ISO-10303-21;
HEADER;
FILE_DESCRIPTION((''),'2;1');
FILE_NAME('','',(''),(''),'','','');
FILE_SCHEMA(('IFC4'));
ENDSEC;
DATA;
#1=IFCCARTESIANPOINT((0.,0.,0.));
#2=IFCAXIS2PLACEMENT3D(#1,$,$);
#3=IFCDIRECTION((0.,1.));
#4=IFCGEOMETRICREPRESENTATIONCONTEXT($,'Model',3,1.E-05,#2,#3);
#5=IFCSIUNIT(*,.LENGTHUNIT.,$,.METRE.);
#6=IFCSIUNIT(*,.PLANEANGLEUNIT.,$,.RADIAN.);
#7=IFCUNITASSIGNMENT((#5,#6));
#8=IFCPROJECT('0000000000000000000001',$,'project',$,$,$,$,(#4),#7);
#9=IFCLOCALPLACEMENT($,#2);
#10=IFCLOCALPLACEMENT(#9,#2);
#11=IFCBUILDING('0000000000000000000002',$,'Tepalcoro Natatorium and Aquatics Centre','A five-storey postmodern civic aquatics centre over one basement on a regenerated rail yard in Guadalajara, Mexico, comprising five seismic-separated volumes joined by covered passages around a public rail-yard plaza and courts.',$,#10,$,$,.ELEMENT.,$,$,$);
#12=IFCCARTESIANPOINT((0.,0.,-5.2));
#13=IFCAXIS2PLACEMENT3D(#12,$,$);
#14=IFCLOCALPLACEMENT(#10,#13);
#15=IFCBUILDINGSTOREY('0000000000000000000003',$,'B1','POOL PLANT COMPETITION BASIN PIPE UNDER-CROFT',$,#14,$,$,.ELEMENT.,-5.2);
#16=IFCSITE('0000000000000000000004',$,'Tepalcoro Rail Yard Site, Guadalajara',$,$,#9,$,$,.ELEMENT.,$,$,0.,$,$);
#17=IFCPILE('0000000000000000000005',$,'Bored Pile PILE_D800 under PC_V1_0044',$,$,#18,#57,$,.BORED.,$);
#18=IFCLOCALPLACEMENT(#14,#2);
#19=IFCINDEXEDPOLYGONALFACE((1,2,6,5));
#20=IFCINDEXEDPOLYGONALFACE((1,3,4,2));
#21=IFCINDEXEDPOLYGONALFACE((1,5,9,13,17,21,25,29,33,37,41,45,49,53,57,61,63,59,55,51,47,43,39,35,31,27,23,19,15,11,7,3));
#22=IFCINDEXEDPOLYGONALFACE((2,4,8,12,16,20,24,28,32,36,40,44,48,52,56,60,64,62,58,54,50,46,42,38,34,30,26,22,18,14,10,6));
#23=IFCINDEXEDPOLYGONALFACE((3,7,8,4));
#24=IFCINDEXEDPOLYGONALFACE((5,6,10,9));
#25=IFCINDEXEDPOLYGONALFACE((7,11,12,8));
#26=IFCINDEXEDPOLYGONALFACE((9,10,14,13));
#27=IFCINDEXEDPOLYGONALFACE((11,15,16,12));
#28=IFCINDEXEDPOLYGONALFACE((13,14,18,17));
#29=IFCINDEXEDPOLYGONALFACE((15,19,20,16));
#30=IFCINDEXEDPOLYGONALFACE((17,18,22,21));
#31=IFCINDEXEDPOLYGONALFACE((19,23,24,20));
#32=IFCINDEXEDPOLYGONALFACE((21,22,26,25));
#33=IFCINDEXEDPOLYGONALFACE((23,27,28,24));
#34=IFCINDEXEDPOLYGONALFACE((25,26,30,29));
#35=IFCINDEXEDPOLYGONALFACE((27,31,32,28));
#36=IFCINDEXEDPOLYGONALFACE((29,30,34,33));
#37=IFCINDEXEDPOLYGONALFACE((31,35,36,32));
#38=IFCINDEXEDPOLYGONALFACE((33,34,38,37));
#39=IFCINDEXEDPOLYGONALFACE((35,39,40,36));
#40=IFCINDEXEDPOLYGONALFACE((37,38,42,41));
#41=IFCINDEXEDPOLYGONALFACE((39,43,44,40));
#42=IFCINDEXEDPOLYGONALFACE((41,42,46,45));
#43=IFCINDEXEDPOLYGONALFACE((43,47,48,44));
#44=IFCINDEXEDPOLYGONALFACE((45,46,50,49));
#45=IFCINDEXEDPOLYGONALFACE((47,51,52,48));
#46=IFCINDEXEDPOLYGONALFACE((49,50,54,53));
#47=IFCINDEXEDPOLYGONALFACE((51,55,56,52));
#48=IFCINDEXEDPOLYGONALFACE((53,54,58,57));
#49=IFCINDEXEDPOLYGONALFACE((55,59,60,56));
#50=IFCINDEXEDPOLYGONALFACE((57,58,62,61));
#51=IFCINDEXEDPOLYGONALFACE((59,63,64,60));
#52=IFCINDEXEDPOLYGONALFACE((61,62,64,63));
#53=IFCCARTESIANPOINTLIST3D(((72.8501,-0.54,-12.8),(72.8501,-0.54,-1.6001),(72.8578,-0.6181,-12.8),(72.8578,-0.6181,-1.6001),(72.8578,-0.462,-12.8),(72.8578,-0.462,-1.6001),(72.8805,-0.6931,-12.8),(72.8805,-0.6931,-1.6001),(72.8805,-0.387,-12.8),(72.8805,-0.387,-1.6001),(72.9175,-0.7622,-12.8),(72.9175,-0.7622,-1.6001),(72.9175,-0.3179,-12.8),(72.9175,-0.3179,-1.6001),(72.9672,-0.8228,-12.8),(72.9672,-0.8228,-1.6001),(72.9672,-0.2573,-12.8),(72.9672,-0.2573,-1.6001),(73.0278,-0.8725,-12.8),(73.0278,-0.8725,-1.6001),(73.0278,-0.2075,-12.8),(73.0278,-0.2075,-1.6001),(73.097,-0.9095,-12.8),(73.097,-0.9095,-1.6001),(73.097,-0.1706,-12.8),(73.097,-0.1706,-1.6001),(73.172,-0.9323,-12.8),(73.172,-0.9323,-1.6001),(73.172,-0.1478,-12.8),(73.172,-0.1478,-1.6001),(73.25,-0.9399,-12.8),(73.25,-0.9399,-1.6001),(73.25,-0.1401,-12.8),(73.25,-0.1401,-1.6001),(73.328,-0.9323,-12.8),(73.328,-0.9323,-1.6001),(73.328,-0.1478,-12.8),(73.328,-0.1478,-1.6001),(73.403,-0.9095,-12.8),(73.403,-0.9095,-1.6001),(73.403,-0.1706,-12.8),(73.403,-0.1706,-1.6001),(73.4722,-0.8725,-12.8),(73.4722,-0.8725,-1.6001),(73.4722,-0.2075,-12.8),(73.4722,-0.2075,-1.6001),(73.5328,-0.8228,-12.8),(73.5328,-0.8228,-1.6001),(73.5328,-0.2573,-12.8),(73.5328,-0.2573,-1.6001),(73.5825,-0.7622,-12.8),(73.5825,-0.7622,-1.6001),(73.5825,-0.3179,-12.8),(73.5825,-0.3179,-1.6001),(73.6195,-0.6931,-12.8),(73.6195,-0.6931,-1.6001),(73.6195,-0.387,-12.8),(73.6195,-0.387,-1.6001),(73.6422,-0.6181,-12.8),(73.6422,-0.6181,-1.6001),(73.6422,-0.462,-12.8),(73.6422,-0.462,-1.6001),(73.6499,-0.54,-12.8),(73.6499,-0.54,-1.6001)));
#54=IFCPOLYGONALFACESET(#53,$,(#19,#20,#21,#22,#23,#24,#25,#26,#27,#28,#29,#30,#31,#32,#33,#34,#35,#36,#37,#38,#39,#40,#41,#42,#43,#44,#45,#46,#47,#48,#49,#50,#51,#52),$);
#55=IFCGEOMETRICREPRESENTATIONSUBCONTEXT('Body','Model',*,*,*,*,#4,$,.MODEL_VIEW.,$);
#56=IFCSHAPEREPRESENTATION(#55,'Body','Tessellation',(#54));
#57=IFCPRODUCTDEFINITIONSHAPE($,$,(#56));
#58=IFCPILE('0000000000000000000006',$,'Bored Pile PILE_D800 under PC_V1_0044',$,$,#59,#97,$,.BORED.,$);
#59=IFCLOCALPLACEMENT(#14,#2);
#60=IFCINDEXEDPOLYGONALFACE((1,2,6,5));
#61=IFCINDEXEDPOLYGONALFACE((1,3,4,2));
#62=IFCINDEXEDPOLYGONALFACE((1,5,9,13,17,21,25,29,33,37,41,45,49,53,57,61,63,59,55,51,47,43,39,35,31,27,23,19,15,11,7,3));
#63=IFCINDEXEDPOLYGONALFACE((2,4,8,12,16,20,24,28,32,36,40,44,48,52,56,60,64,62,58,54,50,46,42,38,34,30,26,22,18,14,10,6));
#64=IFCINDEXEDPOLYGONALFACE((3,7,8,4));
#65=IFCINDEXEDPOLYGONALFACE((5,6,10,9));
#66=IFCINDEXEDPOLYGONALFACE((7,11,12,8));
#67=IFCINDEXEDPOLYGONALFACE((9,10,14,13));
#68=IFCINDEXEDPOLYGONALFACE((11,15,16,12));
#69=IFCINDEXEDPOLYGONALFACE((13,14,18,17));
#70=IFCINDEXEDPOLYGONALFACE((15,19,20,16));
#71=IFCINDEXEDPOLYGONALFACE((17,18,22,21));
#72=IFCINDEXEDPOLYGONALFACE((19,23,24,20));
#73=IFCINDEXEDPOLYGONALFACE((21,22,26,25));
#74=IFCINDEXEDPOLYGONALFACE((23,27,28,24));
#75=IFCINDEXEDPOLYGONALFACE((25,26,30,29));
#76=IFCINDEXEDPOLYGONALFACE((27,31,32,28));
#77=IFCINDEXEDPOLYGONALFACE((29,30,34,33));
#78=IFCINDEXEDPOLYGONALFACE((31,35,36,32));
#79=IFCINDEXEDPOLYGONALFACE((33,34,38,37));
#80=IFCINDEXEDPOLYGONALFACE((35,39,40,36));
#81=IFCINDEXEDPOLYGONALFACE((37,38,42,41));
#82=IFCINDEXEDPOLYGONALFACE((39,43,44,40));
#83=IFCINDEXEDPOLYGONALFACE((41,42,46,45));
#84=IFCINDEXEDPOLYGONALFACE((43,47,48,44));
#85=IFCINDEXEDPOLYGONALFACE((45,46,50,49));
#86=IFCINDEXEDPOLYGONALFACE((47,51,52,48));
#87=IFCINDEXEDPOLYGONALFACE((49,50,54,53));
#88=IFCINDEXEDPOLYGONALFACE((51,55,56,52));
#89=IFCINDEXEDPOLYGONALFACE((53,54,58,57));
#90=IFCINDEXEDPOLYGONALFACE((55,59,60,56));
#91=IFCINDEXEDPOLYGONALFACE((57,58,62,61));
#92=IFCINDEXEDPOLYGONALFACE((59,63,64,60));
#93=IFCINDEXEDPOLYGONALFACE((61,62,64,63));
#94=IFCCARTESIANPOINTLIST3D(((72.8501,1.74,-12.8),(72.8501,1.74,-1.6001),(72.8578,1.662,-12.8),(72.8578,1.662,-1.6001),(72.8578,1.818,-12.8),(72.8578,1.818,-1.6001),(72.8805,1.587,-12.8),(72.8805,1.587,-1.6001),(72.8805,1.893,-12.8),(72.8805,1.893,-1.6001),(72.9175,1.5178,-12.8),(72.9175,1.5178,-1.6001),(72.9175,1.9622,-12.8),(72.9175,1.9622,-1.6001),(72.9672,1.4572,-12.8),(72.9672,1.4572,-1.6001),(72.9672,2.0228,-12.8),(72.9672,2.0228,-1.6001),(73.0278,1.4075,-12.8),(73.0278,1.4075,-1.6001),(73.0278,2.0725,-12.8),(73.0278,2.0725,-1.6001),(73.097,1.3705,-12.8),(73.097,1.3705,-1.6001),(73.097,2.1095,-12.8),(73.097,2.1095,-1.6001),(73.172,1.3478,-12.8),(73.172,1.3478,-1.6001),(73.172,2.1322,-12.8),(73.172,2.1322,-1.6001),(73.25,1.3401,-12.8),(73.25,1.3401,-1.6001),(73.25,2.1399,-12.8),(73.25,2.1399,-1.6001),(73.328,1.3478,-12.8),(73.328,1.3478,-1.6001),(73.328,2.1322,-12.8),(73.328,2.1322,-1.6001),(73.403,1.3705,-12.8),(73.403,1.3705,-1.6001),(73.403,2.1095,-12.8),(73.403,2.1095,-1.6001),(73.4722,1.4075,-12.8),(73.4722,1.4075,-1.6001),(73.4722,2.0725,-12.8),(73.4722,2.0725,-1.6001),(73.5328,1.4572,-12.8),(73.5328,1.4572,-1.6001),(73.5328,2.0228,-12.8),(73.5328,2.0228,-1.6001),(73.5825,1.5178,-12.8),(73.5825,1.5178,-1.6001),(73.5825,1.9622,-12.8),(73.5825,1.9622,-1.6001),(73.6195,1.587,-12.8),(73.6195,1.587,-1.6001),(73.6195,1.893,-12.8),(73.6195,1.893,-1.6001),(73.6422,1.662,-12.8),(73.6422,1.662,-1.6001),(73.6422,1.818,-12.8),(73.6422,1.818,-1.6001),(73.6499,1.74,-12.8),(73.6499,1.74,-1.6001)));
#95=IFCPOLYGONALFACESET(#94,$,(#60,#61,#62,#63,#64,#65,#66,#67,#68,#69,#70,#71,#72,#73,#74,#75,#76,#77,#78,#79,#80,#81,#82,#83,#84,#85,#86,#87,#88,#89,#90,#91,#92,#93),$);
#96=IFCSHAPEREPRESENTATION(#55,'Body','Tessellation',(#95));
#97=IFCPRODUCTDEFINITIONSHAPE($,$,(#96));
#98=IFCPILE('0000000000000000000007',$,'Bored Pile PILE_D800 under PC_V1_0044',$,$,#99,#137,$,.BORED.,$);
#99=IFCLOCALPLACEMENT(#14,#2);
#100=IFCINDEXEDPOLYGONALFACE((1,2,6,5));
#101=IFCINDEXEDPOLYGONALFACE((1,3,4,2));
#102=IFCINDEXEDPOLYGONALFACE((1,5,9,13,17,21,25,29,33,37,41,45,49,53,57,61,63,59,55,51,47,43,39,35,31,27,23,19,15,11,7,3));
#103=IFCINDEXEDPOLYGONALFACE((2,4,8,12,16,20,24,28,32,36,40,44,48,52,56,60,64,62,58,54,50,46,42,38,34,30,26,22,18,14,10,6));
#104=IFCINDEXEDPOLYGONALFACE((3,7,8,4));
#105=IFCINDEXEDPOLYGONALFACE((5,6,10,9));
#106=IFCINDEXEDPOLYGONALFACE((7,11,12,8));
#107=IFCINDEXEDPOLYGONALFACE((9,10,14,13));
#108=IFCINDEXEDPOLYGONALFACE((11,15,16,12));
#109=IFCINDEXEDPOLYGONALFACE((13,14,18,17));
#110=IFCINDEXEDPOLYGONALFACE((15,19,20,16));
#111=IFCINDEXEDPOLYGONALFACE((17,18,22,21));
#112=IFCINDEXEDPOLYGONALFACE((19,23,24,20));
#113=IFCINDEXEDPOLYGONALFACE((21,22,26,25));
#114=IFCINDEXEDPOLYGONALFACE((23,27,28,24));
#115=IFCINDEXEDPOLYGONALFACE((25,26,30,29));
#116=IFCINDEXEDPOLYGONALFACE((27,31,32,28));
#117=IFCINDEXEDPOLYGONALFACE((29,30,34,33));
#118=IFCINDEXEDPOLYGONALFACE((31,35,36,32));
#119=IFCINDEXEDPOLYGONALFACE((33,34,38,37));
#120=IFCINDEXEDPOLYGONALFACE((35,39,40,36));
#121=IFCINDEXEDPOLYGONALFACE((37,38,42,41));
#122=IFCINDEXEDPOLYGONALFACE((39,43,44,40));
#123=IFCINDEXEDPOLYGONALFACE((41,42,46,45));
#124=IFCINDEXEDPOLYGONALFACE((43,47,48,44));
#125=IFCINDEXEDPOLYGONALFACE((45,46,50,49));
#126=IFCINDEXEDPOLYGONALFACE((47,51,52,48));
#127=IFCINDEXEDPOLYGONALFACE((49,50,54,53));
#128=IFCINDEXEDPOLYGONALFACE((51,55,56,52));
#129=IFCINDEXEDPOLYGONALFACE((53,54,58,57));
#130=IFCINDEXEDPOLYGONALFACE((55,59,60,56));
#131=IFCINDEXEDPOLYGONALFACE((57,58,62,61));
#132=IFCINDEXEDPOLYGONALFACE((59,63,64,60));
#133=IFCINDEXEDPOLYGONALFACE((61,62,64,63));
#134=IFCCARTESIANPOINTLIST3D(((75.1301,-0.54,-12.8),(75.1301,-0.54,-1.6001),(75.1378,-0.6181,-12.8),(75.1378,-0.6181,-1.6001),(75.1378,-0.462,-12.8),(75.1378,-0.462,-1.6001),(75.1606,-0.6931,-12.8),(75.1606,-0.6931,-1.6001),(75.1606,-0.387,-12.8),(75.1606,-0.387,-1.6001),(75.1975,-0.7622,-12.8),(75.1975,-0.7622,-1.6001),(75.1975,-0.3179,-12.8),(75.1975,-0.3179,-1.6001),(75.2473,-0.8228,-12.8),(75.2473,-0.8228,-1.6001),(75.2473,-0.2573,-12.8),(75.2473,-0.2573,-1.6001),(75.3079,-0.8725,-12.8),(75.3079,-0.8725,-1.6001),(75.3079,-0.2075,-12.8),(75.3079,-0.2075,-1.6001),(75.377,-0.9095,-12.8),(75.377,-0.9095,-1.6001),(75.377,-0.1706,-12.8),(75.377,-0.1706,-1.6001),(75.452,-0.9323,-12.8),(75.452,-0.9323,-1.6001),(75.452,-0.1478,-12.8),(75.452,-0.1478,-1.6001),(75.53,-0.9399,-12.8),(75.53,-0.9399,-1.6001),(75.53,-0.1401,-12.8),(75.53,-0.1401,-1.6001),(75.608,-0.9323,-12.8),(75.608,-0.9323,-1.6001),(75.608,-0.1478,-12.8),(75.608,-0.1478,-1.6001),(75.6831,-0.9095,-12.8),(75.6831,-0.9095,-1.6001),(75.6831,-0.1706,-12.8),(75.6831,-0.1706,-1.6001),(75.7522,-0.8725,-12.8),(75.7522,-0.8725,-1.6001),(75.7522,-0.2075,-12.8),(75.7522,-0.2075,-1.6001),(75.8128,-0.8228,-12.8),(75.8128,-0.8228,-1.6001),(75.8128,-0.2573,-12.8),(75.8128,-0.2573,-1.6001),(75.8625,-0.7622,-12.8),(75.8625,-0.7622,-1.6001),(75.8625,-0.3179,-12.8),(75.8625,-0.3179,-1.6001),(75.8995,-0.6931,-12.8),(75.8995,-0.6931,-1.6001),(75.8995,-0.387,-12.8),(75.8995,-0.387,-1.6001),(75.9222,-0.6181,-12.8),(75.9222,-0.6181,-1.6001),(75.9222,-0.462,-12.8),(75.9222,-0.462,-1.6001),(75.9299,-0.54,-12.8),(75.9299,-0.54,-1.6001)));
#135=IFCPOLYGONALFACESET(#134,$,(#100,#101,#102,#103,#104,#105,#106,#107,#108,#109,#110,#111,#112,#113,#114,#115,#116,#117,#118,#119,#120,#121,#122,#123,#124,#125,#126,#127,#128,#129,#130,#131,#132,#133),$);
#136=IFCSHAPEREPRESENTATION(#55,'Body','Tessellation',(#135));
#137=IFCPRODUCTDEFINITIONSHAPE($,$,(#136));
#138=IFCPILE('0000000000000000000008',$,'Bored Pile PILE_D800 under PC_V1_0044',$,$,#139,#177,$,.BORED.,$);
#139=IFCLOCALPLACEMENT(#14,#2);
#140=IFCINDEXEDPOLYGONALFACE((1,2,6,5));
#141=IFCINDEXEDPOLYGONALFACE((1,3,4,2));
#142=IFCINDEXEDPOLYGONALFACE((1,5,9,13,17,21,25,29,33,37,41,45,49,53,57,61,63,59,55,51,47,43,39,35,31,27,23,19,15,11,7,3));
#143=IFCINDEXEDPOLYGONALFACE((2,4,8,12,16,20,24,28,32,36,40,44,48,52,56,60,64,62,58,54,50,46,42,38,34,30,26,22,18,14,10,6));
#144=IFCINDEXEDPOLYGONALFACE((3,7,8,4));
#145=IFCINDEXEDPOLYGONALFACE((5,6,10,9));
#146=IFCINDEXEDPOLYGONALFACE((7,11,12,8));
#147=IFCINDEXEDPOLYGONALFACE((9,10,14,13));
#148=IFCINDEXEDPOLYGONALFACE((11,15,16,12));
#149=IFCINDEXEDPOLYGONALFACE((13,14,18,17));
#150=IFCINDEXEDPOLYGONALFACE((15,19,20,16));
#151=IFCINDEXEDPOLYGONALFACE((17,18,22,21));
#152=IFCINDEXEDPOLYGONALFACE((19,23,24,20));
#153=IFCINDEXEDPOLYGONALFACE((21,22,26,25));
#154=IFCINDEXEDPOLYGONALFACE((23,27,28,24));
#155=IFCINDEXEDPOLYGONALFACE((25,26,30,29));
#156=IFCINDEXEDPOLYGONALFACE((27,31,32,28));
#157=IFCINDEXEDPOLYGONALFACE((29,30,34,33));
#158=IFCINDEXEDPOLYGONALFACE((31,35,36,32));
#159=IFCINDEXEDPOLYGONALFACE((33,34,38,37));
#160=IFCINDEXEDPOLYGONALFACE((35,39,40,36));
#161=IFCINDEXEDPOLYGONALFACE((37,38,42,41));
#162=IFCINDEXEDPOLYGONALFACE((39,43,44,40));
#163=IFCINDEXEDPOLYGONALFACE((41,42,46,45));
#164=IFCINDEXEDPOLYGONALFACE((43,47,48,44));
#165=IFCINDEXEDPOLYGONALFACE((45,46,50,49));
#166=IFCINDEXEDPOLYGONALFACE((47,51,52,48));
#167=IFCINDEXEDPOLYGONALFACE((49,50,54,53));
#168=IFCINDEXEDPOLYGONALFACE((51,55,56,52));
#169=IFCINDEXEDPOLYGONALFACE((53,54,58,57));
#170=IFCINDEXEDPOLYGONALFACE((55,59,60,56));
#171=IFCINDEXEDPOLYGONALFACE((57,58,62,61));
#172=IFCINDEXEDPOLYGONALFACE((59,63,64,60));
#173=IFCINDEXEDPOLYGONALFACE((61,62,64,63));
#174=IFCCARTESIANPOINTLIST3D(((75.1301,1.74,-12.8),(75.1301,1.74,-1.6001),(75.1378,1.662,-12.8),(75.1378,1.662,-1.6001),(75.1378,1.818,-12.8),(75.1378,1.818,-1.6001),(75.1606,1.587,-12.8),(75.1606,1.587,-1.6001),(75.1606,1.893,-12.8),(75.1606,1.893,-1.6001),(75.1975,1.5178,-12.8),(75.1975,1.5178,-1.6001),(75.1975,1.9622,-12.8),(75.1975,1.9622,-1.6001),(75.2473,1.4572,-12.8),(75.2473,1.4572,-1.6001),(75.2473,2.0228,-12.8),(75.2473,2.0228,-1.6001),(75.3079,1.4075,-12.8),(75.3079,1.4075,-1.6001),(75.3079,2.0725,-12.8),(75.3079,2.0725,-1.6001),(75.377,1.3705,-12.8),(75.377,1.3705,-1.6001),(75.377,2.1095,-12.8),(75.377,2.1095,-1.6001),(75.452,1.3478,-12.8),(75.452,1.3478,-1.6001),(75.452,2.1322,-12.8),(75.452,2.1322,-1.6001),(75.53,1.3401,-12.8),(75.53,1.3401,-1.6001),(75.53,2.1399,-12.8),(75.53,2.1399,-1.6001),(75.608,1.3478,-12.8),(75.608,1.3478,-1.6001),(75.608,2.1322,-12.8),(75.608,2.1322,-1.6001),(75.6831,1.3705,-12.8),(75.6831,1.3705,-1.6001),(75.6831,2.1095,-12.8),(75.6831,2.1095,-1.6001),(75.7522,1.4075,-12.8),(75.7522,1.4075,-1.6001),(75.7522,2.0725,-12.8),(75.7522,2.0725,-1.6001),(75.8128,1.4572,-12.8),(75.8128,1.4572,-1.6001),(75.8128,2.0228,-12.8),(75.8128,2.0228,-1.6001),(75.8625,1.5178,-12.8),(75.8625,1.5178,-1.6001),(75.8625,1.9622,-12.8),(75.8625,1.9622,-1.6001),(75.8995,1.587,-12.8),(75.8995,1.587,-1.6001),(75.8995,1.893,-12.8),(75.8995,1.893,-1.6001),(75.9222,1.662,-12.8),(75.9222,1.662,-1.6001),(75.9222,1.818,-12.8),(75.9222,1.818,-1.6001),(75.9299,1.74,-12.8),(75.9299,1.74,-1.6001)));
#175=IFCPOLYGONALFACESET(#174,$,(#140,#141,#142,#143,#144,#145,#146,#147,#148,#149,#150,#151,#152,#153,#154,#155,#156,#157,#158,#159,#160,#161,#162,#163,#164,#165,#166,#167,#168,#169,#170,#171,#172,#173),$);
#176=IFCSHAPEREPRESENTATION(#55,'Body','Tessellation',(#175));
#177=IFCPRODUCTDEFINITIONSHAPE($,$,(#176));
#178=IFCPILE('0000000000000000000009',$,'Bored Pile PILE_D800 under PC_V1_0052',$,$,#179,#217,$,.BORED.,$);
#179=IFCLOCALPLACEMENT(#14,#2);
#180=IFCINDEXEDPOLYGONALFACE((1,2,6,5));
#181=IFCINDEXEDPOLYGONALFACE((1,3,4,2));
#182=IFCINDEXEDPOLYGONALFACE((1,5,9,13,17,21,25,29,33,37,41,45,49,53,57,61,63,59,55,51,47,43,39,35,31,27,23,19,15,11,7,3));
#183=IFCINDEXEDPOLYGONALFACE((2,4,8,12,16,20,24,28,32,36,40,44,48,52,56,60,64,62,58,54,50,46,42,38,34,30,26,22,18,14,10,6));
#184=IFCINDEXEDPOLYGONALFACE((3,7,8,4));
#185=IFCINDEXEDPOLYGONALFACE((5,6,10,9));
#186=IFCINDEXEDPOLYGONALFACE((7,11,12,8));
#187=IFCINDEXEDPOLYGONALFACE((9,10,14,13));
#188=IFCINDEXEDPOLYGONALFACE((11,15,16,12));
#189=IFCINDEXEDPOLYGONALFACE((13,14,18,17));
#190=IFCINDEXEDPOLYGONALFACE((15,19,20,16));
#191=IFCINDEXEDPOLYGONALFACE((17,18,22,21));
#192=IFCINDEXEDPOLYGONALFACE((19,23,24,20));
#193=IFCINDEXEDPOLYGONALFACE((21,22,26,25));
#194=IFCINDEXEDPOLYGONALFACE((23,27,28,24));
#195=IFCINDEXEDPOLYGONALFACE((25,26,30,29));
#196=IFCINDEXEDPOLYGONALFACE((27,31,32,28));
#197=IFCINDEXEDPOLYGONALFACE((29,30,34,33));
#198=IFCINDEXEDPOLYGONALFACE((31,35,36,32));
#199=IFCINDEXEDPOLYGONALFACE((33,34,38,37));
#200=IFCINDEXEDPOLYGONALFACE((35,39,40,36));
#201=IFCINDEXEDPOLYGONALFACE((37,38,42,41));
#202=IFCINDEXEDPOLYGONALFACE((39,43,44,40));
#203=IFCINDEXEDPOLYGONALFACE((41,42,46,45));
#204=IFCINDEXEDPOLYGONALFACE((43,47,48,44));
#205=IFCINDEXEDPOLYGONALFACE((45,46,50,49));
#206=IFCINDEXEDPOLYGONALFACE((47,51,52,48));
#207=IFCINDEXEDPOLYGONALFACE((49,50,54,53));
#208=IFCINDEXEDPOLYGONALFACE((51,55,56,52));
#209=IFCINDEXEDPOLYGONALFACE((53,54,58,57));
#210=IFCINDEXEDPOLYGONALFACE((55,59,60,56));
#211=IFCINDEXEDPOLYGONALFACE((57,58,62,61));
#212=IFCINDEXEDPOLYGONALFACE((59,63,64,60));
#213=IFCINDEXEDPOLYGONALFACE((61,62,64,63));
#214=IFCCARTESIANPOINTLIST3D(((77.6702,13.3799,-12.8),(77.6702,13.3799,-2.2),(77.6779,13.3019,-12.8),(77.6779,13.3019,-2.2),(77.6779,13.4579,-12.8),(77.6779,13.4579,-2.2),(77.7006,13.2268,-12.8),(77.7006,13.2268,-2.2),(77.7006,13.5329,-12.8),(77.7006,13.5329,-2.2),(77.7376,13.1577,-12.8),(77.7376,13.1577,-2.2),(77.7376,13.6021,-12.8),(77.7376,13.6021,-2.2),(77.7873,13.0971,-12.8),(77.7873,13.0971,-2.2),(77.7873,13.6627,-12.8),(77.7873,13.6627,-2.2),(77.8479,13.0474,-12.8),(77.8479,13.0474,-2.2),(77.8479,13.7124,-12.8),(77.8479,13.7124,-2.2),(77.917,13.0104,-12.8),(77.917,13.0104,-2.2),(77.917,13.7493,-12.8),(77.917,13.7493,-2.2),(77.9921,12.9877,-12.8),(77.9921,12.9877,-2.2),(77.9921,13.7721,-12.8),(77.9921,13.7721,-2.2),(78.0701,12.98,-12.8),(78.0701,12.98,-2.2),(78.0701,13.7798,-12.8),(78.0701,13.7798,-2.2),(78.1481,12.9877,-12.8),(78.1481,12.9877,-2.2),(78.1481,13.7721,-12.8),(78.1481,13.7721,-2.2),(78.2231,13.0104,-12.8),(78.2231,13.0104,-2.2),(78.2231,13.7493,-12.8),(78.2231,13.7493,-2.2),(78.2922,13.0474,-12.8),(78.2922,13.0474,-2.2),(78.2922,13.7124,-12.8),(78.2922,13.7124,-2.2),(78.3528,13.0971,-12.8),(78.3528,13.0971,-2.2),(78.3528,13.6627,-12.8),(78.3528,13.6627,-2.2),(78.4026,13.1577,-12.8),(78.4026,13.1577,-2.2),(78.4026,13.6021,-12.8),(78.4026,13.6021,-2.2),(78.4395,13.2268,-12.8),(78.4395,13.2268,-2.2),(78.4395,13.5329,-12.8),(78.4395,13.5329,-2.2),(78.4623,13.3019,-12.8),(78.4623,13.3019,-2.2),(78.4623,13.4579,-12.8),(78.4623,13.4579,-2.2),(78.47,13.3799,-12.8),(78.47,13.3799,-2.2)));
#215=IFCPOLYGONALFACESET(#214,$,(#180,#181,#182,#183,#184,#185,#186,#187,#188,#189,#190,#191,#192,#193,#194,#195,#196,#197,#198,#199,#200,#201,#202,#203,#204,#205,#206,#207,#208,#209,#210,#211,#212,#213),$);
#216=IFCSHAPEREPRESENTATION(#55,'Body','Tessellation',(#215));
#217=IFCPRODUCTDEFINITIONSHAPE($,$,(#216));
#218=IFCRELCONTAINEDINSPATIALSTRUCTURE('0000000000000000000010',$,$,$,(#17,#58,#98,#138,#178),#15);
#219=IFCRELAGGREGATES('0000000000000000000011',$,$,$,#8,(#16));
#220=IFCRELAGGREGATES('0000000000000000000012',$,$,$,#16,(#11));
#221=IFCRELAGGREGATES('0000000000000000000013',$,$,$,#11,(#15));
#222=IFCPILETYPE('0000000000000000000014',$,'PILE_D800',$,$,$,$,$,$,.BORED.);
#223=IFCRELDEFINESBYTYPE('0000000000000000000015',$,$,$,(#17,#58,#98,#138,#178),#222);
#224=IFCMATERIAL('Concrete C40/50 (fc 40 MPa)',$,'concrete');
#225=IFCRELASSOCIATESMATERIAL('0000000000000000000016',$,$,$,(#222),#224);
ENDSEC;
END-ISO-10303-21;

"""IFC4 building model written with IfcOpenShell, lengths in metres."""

from ifc_helpers import new_model, si_unit, direction, frame, origin, origin_2d, place, context, subcontext, project, spatial, circle, extrude, material, material_profile, profile_set, type_object, element, save


model = new_model("IFC4")

# Units and contexts
model_context = context("Model", 3, precision=1e-05, world=origin(), true_north=direction((0.0, 1.0)))
body_context = subcontext(model_context, "Body", "Model", "MODEL_VIEW")
ifc_project = project(units=[si_unit("LENGTHUNIT", "METRE"), si_unit("PLANEANGLEUNIT", "RADIAN")], contexts=[model_context])

# Site, building, storey
site_placement = place(None, origin())
site = spatial("IfcSite", under=ifc_project, at=site_placement, Name="Tepalcoro Rail Yard Site, Guadalajara", CompositionType="ELEMENT", RefElevation=0.0)
building_placement = place(site_placement, origin())
building = spatial("IfcBuilding", under=site, at=building_placement, Name="Tepalcoro Natatorium and Aquatics Centre", Description="A five-storey postmodern civic aquatics centre over one basement on a regenerated rail yard in Guadalajara, Mexico, comprising five seismic-separated volumes joined by covered passages around a public rail-yard plaza and courts.", CompositionType="ELEMENT")
storey_placement = place(building_placement, frame((0.0, 0.0, -5.2)))
storey = spatial("IfcBuildingStorey", under=building, at=storey_placement, Name="B1", Description="POOL PLANT COMPETITION BASIN PIPE UNDER-CROFT", CompositionType="ELEMENT", Elevation=-5.2)

# Piles
ifc_material_1 = material(Name="Concrete C40/50 (fc 40 MPa)", Category="concrete")
ifc_material_profile_1 = material_profile(ifc_material_1, circle(Radius=0.3999, at=origin_2d()), Name="PILE_D800")
ifc_profile_set_1 = profile_set([ifc_material_profile_1], Name="Concrete C40/50 (fc 40 MPa)")
pile_type_1 = type_object("IfcPileType", Name="PILE_D800", PredefinedType="BORED", material=ifc_profile_set_1)
for number, where, z_axis, x_axis, name in (
    (1, (73.25, -0.54, -1.6001), (0.0, 0.0, -1.0), (1.0, 0.0, 0.0), "Bored Pile PILE_D800 under PC_V1_0044"),
    (2, (73.25, 1.74, -1.6001), (0.0, 0.0, -1.0), (1.0, 0.0, 0.0), "Bored Pile PILE_D800 under PC_V1_0044"),
    (3, (75.53, -0.54, -1.6001), (0.0, 0.0, -1.0), (1.0, 0.0, 0.0), "Bored Pile PILE_D800 under PC_V1_0044"),
    (4, (75.53, 1.74, -1.6001), (0.0, 0.0, -1.0), (1.0, 0.0, 0.0), "Bored Pile PILE_D800 under PC_V1_0044"),
):
    element("IfcPile", number, at=place(storey_placement, frame(where, z_axis=z_axis, x_axis=x_axis)), inside=storey, type_object=pile_type_1, Name=name, PredefinedType="BORED", context=body_context, shape_type="SweptSolid", body=[
        extrude(circle(Radius=0.3999, at=origin_2d()), origin(), (0.0, 0.0, 1.0), 11.2),
    ])
pile_1_placement = place(storey_placement, frame((78.0701, 13.3799, -2.2), z_axis=(0.0, 0.0, -1.0), x_axis=(1.0, 0.0, 0.0)))
element("IfcPile", 5, at=pile_1_placement, inside=storey, type_object=pile_type_1, Name="Bored Pile PILE_D800 under PC_V1_0052", PredefinedType="BORED", context=body_context, shape_type="SweptSolid", body=[
    extrude(circle(Radius=0.3999, at=origin_2d()), origin(), (0.0, 0.0, 1.0), 10.6001),
])

save(model, "model.ifc")
